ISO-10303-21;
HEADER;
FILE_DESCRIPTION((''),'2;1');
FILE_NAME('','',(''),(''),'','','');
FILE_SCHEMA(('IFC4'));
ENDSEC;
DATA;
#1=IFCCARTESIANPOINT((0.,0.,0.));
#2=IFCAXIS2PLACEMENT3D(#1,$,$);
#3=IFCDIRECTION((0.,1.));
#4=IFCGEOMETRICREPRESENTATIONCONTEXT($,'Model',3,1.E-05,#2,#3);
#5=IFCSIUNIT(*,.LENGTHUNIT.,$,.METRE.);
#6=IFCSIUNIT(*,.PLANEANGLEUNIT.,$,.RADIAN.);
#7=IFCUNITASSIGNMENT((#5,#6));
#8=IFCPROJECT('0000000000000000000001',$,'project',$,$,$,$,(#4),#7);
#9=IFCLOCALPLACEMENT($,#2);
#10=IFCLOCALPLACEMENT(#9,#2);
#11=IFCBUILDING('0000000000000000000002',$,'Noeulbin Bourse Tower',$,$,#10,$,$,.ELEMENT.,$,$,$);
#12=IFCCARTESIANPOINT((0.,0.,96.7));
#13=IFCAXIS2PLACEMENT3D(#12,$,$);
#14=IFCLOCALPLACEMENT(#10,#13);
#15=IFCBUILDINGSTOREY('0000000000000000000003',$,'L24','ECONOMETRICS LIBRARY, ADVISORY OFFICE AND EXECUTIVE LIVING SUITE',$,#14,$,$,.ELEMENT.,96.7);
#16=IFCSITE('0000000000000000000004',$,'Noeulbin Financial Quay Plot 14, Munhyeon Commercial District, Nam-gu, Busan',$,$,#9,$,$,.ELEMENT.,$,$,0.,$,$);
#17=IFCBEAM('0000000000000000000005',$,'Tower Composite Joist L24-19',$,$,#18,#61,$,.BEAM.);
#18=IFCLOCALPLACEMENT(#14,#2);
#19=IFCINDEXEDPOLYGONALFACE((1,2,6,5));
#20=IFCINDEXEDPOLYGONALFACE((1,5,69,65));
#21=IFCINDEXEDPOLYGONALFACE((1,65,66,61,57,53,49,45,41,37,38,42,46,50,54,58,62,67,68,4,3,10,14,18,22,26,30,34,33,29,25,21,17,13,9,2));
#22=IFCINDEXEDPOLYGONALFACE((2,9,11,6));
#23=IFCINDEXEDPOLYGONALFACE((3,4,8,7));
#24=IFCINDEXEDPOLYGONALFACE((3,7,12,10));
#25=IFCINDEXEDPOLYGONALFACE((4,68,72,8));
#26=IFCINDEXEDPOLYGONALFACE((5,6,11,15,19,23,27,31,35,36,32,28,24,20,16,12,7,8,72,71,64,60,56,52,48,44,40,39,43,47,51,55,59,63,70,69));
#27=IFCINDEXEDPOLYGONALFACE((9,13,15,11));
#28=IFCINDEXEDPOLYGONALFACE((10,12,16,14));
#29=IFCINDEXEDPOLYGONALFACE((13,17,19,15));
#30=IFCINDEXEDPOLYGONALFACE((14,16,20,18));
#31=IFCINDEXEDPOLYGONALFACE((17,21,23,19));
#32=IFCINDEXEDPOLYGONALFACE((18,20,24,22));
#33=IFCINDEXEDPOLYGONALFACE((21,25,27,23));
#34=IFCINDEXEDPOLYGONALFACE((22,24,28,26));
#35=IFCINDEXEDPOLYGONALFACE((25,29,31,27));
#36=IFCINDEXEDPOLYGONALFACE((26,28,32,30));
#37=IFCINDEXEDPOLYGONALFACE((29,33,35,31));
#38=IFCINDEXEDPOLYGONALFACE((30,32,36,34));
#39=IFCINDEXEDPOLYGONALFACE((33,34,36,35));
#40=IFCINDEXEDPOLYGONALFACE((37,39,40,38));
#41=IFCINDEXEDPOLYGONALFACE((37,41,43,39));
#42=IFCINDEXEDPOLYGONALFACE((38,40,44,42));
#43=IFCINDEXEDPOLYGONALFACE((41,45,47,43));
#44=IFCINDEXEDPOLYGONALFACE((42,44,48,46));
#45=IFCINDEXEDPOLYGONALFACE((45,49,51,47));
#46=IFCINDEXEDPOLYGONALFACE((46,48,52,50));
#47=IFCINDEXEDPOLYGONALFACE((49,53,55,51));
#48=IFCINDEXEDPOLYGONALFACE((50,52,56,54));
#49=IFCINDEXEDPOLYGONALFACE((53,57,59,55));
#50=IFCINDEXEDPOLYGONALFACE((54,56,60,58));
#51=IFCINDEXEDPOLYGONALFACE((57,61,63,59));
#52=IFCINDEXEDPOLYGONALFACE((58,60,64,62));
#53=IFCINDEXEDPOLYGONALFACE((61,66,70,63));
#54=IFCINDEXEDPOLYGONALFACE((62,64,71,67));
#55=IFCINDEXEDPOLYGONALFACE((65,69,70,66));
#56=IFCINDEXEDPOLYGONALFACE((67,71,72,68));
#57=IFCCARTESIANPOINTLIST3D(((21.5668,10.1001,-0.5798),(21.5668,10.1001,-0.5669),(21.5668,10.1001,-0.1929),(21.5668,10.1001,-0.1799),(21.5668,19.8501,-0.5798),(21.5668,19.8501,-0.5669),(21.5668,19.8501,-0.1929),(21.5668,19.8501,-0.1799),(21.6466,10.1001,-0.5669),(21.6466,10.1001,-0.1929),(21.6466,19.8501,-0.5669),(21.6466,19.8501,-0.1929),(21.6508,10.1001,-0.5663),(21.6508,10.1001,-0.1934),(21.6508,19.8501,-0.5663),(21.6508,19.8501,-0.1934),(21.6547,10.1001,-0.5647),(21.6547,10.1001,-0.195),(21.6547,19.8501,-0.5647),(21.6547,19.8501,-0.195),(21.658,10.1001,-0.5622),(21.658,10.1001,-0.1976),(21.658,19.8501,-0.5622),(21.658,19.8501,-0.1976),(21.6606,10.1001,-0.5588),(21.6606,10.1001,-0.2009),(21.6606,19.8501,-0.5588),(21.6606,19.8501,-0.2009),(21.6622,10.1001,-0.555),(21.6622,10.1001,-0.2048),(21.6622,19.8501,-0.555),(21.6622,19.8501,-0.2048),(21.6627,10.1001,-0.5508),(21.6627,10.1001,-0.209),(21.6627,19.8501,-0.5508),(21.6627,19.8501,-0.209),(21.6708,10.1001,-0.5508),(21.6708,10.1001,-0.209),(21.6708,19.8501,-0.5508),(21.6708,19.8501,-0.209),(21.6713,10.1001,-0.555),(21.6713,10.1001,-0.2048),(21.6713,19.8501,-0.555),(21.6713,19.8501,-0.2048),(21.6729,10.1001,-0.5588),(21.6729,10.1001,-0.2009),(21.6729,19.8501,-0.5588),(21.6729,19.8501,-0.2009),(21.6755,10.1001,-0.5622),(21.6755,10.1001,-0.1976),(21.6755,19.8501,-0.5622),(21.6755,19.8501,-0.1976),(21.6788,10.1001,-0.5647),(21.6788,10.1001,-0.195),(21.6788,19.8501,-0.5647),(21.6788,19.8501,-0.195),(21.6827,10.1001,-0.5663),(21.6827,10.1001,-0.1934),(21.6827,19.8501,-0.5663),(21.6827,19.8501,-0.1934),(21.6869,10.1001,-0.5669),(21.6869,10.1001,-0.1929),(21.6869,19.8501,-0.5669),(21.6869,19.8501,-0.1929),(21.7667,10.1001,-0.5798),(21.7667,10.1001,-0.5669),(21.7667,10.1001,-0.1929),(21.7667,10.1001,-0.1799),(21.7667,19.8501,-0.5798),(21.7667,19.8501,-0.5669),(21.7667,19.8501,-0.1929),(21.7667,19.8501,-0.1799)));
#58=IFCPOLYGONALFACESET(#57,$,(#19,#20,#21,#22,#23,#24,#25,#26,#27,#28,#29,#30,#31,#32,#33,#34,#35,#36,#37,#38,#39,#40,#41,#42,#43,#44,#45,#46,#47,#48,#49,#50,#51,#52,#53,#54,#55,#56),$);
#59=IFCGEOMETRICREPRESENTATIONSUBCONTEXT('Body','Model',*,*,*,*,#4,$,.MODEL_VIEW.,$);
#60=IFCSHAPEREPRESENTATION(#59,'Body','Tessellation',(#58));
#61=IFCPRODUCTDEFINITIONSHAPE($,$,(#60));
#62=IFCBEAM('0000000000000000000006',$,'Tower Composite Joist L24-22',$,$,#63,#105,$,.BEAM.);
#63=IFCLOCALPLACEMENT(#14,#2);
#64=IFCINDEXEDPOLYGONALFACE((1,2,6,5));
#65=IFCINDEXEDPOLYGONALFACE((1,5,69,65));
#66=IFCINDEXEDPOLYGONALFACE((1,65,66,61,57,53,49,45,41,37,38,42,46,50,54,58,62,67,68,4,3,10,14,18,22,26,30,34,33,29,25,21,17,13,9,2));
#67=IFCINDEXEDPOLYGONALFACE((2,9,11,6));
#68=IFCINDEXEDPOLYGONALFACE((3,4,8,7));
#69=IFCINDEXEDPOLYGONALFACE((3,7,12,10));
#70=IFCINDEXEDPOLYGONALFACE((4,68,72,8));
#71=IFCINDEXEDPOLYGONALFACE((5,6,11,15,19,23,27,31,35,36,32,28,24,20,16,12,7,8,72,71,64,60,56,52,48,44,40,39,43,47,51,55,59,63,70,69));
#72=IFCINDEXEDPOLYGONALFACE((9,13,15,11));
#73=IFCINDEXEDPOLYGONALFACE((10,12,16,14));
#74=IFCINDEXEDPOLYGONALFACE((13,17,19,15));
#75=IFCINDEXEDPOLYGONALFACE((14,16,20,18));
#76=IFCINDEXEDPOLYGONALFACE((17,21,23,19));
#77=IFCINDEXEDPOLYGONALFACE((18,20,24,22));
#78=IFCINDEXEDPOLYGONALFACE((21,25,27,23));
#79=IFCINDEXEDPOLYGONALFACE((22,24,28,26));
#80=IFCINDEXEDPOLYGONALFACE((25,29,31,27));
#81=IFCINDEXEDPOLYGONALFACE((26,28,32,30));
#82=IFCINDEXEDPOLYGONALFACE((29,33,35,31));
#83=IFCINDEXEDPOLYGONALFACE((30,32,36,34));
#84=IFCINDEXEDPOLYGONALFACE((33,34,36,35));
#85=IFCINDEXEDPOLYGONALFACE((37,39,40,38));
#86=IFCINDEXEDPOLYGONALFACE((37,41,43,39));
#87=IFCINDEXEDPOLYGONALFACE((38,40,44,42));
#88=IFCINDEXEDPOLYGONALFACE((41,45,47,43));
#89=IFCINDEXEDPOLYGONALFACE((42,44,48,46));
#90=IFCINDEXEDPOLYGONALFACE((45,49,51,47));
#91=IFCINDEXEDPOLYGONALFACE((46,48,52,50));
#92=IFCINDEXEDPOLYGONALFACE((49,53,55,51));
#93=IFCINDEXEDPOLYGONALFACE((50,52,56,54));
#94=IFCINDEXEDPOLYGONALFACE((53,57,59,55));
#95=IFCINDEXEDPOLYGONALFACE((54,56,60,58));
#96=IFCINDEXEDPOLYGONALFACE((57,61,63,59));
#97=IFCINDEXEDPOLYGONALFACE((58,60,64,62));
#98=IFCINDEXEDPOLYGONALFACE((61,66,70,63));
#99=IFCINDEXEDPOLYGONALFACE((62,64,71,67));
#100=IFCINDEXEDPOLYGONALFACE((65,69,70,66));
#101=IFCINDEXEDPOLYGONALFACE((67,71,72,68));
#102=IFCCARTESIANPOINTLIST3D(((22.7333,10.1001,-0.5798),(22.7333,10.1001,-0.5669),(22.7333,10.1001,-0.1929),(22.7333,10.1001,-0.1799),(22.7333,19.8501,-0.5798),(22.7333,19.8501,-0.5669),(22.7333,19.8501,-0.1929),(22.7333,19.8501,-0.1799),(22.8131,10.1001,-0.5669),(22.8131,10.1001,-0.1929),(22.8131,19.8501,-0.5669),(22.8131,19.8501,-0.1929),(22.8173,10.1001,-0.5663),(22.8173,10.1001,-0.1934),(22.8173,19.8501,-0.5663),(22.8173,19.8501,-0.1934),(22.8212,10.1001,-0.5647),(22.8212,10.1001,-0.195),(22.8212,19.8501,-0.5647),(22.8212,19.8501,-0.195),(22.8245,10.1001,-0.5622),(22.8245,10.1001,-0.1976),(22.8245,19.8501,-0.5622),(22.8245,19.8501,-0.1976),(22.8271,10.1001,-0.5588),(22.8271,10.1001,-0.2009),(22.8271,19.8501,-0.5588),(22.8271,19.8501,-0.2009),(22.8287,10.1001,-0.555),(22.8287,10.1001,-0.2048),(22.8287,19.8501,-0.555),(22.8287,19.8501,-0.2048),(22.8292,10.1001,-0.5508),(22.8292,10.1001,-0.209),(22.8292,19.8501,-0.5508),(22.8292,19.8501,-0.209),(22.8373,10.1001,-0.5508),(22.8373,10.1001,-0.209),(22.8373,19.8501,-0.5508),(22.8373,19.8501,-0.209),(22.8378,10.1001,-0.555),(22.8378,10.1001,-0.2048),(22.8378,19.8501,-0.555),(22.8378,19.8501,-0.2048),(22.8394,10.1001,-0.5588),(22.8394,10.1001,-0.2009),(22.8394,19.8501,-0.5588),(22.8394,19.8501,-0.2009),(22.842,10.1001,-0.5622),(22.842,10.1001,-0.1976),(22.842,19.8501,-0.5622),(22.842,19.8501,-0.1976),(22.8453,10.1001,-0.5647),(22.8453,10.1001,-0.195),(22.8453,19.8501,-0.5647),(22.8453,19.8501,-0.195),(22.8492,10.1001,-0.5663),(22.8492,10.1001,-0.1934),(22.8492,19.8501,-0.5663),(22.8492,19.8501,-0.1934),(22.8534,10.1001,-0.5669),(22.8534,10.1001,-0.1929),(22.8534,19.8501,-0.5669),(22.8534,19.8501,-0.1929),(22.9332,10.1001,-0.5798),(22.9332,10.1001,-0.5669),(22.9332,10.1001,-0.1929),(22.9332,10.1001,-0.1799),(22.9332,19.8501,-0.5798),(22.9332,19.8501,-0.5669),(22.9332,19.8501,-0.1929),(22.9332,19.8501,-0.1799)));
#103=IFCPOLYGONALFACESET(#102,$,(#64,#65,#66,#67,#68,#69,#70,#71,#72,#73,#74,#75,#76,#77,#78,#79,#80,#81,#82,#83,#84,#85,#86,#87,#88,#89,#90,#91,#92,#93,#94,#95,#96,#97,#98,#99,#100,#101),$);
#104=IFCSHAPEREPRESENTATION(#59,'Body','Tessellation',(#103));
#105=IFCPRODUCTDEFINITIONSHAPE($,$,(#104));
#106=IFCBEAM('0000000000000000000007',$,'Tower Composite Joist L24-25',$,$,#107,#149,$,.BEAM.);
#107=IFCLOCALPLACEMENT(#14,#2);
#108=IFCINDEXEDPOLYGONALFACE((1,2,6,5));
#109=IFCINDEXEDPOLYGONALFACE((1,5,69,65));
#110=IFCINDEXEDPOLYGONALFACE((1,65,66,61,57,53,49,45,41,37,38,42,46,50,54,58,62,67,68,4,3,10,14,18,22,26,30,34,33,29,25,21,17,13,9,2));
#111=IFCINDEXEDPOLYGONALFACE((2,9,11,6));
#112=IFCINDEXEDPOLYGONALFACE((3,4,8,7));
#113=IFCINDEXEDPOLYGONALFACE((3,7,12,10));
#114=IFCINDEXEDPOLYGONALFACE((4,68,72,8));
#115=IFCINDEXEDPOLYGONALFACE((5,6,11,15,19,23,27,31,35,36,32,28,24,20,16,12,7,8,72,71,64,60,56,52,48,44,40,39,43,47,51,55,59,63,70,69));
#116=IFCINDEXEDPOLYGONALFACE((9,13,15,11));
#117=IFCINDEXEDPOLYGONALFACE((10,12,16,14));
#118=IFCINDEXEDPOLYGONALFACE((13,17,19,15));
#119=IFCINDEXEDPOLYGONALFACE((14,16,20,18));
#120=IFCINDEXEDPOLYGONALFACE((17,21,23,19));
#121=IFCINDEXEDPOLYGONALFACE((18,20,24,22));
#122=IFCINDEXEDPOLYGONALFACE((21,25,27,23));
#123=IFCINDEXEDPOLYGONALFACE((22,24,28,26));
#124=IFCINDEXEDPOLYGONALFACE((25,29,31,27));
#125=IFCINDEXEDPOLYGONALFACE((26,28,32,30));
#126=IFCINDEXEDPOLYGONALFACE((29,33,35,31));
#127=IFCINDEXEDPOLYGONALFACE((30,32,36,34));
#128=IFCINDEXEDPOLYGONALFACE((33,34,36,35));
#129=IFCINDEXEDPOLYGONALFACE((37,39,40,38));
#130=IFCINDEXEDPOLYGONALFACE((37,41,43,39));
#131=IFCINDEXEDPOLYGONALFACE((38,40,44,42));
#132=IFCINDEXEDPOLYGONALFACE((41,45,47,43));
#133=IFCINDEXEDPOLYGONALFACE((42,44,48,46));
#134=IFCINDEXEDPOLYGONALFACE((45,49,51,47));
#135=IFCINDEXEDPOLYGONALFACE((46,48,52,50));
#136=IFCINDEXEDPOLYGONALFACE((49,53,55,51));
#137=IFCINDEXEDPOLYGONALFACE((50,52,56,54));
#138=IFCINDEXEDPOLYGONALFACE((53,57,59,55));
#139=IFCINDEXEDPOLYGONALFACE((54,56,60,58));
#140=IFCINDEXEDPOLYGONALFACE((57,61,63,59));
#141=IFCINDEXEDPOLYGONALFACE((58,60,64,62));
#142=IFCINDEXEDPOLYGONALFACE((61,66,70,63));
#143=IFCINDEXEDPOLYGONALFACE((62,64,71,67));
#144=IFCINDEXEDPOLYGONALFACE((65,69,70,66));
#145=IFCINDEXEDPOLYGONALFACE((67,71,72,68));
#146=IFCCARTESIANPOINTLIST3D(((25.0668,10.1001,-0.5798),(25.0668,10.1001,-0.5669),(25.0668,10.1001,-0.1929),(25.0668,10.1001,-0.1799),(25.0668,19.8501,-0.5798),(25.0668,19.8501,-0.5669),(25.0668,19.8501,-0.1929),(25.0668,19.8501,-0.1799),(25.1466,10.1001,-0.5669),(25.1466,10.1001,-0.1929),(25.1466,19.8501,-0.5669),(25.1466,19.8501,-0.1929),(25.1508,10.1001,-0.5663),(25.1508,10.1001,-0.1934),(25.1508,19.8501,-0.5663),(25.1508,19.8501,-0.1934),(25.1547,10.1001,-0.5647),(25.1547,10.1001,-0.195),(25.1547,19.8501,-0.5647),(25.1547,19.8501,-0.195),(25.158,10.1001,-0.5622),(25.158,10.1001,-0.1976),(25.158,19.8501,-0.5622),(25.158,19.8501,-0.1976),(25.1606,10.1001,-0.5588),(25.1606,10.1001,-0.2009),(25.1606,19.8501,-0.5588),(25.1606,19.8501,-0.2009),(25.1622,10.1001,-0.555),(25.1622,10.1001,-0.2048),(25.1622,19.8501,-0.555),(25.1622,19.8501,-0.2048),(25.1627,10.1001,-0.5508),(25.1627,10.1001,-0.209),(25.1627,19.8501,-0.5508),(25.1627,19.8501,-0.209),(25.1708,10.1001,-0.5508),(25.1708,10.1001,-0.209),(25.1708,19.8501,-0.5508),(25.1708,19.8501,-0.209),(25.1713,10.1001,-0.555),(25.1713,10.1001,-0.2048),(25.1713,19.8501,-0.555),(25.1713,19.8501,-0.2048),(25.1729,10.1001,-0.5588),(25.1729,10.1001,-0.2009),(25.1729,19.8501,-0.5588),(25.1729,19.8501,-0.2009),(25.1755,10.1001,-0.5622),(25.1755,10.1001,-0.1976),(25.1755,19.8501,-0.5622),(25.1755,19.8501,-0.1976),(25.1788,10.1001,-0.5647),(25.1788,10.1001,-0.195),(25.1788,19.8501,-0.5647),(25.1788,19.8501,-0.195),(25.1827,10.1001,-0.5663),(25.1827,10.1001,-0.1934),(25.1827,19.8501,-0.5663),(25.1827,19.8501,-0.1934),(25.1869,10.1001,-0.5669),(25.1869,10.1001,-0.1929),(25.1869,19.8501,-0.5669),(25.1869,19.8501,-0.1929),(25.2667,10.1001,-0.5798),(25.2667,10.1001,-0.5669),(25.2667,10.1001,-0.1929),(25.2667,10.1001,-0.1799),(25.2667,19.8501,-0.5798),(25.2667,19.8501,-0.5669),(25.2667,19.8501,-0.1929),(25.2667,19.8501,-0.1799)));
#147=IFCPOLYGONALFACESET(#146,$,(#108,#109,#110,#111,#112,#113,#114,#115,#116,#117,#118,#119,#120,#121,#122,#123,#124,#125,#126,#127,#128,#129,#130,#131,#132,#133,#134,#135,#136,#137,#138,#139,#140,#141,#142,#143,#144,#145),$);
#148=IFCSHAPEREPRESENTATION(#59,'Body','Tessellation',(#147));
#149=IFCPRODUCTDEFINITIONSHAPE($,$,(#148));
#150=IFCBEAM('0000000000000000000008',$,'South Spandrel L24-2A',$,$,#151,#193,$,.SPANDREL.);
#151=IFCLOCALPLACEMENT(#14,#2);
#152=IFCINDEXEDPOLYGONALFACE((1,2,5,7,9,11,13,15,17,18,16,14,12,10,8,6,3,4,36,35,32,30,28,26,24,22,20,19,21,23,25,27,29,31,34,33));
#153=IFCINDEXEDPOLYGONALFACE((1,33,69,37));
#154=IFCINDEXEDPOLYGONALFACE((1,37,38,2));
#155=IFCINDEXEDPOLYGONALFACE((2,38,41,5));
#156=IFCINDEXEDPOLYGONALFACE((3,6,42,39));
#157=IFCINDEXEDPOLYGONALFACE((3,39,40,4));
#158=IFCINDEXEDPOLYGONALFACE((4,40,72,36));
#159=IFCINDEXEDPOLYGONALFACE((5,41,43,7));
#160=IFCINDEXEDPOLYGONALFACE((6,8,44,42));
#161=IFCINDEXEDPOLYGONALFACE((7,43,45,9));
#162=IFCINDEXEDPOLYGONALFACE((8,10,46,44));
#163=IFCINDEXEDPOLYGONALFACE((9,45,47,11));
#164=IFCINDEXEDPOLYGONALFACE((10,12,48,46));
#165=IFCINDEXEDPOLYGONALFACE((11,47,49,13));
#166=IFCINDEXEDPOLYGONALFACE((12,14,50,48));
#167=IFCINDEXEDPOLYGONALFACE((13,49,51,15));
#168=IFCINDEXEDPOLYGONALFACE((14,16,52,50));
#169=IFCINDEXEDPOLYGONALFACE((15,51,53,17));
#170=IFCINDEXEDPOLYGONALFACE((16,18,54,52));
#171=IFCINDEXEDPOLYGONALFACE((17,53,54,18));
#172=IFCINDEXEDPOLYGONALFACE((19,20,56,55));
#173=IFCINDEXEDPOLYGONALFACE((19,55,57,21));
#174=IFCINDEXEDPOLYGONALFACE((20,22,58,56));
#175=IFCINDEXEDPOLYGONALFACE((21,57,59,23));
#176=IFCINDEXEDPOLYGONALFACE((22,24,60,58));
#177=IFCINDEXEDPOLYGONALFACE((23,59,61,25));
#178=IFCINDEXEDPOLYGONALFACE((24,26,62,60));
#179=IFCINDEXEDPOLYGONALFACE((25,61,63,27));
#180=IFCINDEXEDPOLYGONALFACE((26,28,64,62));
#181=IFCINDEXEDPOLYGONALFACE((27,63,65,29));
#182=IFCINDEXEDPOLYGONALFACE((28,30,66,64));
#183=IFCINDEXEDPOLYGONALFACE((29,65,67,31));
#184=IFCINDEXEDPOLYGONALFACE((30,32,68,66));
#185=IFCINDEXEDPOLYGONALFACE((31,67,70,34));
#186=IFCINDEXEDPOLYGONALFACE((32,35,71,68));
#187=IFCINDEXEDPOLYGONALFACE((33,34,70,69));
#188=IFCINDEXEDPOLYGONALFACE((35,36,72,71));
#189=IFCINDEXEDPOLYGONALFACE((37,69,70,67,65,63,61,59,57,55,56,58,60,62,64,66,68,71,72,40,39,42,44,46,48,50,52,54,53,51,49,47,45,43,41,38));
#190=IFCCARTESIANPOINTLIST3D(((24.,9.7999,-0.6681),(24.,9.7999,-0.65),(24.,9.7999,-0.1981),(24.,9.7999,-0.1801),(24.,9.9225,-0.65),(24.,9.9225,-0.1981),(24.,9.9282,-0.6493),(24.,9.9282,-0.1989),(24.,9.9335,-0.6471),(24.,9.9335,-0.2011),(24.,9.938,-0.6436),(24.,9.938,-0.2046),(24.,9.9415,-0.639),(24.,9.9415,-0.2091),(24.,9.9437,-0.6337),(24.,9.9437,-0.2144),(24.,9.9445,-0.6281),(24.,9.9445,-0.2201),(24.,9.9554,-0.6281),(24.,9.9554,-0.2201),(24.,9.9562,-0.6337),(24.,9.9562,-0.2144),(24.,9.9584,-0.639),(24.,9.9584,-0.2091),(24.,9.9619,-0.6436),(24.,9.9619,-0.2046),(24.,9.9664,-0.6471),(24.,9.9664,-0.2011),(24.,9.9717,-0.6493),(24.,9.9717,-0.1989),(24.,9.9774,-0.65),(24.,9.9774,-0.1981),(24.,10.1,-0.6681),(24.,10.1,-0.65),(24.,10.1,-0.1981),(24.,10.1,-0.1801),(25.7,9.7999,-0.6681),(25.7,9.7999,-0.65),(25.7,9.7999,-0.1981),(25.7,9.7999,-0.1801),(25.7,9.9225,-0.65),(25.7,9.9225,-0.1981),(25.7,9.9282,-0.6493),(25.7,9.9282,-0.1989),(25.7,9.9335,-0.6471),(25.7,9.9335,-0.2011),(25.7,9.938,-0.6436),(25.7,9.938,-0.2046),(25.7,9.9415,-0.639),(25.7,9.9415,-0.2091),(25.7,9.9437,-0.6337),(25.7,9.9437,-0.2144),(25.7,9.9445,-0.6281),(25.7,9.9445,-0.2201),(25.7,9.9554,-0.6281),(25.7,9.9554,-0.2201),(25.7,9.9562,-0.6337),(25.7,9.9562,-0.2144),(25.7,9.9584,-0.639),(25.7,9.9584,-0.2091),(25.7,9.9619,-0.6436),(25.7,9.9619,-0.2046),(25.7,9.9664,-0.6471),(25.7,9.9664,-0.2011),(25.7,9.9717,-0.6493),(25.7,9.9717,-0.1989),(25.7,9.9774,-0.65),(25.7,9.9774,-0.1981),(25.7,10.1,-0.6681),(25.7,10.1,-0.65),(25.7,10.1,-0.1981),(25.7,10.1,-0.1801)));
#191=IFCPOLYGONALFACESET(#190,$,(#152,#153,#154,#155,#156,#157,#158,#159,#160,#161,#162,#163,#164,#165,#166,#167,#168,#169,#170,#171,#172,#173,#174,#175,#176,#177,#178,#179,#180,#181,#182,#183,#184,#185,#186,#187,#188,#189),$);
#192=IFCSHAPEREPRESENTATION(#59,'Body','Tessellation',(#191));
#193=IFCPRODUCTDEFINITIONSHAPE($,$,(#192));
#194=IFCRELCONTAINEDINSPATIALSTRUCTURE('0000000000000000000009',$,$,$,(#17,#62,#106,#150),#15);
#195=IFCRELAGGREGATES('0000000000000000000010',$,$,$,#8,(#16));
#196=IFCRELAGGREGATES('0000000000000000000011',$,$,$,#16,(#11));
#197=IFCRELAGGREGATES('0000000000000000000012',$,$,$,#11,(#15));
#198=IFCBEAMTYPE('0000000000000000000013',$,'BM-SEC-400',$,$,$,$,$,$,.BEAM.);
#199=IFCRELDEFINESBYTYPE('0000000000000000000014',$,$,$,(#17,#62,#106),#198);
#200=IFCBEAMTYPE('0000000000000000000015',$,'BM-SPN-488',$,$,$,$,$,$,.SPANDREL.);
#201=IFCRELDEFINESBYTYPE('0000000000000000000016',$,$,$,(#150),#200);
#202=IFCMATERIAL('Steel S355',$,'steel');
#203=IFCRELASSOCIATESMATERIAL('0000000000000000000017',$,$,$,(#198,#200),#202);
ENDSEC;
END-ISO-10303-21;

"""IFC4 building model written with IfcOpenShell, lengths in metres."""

from ifc_helpers import new_model, si_unit, direction, frame, origin, origin_2d, place, context, subcontext, project, spatial, i_section, extrude, material, material_profile, profile_set, type_object, element, save


model = new_model("IFC4")

# Units and contexts
model_context = context("Model", 3, precision=1e-05, world=origin(), true_north=direction((0.0, 1.0)))
body_context = subcontext(model_context, "Body", "Model", "MODEL_VIEW")
ifc_project = project(units=[si_unit("LENGTHUNIT", "METRE"), si_unit("PLANEANGLEUNIT", "RADIAN")], contexts=[model_context])

# Site, building, storey
site_placement = place(None, origin())
site = spatial("IfcSite", under=ifc_project, at=site_placement, Name="Noeulbin Financial Quay Plot 14, Munhyeon Commercial District, Nam-gu, Busan", CompositionType="ELEMENT", RefElevation=0.0)
building_placement = place(site_placement, origin())
building = spatial("IfcBuilding", under=site, at=building_placement, Name="Noeulbin Bourse Tower", CompositionType="ELEMENT")
storey_placement = place(building_placement, frame((0.0, 0.0, 96.7)))
storey = spatial("IfcBuildingStorey", under=building, at=storey_placement, Name="L24", Description="ECONOMETRICS LIBRARY, ADVISORY OFFICE AND EXECUTIVE LIVING SUITE", CompositionType="ELEMENT", Elevation=96.7)

# Beams
ifc_material_1 = material(Name="Steel S355", Category="steel")
ifc_material_profile_1 = material_profile(ifc_material_1, i_section(OverallWidth=0.2, OverallDepth=0.3999, WebThickness=0.0081, FlangeThickness=0.0129, FilletRadius=0.0161, at=origin_2d()), Name="H-400x200x8x13", Category="LoadBearing")
ifc_profile_set_1 = profile_set([ifc_material_profile_1], Name="Steel S355")
beam_type_1 = type_object("IfcBeamType", Name="BM-SEC-400", PredefinedType="BEAM", material=ifc_profile_set_1)
for number, where, z_axis, x_axis, name in (
    (1, (21.6667, 10.1001, -0.3799), (0.0, 1.0, 0.0), (-1.0, 0.0, 0.0), "Tower Composite Joist L24-19"),
    (2, (22.8333, 10.1001, -0.3799), (0.0, 1.0, 0.0), (-1.0, 0.0, 0.0), "Tower Composite Joist L24-22"),
    (3, (25.1667, 10.1001, -0.3799), (0.0, 1.0, 0.0), (-1.0, 0.0, 0.0), "Tower Composite Joist L24-25"),
):
    element("IfcBeam", number, at=place(storey_placement, frame(where, z_axis=z_axis, x_axis=x_axis)), inside=storey, type_object=beam_type_1, Name=name, PredefinedType="BEAM", context=body_context, shape_type="SweptSolid", body=[
        extrude(i_section(OverallWidth=0.2, OverallDepth=0.3999, WebThickness=0.0081, FlangeThickness=0.0129, FilletRadius=0.0161, at=origin_2d()), origin(), (0.0, 0.0, 1.0), 9.75),
    ])
ifc_material_profile_2 = material_profile(ifc_material_1, i_section(OverallWidth=0.3, OverallDepth=0.488, WebThickness=0.011, FlangeThickness=0.0181, FilletRadius=0.022, at=origin_2d()), Name="H-488x300x11x18", Category="LoadBearing")
ifc_profile_set_2 = profile_set([ifc_material_profile_2], Name="Steel S355")
beam_type_2 = type_object("IfcBeamType", Name="BM-SPN-488", PredefinedType="SPANDREL", material=ifc_profile_set_2)
beam_1_placement = place(storey_placement, frame((24.0, 9.95, -0.4241), z_axis=(1.0, 0.0, 0.0), x_axis=(0.0, 1.0, 0.0)))
element("IfcBeam", 4, at=beam_1_placement, inside=storey, type_object=beam_type_2, Name="South Spandrel L24-2A", PredefinedType="SPANDREL", context=body_context, shape_type="SweptSolid", body=[
    extrude(i_section(OverallWidth=0.3, OverallDepth=0.488, WebThickness=0.011, FlangeThickness=0.0181, FilletRadius=0.022, at=origin_2d()), origin(), (0.0, 0.0, 1.0), 1.7),
])

save(model, "model.ifc")
